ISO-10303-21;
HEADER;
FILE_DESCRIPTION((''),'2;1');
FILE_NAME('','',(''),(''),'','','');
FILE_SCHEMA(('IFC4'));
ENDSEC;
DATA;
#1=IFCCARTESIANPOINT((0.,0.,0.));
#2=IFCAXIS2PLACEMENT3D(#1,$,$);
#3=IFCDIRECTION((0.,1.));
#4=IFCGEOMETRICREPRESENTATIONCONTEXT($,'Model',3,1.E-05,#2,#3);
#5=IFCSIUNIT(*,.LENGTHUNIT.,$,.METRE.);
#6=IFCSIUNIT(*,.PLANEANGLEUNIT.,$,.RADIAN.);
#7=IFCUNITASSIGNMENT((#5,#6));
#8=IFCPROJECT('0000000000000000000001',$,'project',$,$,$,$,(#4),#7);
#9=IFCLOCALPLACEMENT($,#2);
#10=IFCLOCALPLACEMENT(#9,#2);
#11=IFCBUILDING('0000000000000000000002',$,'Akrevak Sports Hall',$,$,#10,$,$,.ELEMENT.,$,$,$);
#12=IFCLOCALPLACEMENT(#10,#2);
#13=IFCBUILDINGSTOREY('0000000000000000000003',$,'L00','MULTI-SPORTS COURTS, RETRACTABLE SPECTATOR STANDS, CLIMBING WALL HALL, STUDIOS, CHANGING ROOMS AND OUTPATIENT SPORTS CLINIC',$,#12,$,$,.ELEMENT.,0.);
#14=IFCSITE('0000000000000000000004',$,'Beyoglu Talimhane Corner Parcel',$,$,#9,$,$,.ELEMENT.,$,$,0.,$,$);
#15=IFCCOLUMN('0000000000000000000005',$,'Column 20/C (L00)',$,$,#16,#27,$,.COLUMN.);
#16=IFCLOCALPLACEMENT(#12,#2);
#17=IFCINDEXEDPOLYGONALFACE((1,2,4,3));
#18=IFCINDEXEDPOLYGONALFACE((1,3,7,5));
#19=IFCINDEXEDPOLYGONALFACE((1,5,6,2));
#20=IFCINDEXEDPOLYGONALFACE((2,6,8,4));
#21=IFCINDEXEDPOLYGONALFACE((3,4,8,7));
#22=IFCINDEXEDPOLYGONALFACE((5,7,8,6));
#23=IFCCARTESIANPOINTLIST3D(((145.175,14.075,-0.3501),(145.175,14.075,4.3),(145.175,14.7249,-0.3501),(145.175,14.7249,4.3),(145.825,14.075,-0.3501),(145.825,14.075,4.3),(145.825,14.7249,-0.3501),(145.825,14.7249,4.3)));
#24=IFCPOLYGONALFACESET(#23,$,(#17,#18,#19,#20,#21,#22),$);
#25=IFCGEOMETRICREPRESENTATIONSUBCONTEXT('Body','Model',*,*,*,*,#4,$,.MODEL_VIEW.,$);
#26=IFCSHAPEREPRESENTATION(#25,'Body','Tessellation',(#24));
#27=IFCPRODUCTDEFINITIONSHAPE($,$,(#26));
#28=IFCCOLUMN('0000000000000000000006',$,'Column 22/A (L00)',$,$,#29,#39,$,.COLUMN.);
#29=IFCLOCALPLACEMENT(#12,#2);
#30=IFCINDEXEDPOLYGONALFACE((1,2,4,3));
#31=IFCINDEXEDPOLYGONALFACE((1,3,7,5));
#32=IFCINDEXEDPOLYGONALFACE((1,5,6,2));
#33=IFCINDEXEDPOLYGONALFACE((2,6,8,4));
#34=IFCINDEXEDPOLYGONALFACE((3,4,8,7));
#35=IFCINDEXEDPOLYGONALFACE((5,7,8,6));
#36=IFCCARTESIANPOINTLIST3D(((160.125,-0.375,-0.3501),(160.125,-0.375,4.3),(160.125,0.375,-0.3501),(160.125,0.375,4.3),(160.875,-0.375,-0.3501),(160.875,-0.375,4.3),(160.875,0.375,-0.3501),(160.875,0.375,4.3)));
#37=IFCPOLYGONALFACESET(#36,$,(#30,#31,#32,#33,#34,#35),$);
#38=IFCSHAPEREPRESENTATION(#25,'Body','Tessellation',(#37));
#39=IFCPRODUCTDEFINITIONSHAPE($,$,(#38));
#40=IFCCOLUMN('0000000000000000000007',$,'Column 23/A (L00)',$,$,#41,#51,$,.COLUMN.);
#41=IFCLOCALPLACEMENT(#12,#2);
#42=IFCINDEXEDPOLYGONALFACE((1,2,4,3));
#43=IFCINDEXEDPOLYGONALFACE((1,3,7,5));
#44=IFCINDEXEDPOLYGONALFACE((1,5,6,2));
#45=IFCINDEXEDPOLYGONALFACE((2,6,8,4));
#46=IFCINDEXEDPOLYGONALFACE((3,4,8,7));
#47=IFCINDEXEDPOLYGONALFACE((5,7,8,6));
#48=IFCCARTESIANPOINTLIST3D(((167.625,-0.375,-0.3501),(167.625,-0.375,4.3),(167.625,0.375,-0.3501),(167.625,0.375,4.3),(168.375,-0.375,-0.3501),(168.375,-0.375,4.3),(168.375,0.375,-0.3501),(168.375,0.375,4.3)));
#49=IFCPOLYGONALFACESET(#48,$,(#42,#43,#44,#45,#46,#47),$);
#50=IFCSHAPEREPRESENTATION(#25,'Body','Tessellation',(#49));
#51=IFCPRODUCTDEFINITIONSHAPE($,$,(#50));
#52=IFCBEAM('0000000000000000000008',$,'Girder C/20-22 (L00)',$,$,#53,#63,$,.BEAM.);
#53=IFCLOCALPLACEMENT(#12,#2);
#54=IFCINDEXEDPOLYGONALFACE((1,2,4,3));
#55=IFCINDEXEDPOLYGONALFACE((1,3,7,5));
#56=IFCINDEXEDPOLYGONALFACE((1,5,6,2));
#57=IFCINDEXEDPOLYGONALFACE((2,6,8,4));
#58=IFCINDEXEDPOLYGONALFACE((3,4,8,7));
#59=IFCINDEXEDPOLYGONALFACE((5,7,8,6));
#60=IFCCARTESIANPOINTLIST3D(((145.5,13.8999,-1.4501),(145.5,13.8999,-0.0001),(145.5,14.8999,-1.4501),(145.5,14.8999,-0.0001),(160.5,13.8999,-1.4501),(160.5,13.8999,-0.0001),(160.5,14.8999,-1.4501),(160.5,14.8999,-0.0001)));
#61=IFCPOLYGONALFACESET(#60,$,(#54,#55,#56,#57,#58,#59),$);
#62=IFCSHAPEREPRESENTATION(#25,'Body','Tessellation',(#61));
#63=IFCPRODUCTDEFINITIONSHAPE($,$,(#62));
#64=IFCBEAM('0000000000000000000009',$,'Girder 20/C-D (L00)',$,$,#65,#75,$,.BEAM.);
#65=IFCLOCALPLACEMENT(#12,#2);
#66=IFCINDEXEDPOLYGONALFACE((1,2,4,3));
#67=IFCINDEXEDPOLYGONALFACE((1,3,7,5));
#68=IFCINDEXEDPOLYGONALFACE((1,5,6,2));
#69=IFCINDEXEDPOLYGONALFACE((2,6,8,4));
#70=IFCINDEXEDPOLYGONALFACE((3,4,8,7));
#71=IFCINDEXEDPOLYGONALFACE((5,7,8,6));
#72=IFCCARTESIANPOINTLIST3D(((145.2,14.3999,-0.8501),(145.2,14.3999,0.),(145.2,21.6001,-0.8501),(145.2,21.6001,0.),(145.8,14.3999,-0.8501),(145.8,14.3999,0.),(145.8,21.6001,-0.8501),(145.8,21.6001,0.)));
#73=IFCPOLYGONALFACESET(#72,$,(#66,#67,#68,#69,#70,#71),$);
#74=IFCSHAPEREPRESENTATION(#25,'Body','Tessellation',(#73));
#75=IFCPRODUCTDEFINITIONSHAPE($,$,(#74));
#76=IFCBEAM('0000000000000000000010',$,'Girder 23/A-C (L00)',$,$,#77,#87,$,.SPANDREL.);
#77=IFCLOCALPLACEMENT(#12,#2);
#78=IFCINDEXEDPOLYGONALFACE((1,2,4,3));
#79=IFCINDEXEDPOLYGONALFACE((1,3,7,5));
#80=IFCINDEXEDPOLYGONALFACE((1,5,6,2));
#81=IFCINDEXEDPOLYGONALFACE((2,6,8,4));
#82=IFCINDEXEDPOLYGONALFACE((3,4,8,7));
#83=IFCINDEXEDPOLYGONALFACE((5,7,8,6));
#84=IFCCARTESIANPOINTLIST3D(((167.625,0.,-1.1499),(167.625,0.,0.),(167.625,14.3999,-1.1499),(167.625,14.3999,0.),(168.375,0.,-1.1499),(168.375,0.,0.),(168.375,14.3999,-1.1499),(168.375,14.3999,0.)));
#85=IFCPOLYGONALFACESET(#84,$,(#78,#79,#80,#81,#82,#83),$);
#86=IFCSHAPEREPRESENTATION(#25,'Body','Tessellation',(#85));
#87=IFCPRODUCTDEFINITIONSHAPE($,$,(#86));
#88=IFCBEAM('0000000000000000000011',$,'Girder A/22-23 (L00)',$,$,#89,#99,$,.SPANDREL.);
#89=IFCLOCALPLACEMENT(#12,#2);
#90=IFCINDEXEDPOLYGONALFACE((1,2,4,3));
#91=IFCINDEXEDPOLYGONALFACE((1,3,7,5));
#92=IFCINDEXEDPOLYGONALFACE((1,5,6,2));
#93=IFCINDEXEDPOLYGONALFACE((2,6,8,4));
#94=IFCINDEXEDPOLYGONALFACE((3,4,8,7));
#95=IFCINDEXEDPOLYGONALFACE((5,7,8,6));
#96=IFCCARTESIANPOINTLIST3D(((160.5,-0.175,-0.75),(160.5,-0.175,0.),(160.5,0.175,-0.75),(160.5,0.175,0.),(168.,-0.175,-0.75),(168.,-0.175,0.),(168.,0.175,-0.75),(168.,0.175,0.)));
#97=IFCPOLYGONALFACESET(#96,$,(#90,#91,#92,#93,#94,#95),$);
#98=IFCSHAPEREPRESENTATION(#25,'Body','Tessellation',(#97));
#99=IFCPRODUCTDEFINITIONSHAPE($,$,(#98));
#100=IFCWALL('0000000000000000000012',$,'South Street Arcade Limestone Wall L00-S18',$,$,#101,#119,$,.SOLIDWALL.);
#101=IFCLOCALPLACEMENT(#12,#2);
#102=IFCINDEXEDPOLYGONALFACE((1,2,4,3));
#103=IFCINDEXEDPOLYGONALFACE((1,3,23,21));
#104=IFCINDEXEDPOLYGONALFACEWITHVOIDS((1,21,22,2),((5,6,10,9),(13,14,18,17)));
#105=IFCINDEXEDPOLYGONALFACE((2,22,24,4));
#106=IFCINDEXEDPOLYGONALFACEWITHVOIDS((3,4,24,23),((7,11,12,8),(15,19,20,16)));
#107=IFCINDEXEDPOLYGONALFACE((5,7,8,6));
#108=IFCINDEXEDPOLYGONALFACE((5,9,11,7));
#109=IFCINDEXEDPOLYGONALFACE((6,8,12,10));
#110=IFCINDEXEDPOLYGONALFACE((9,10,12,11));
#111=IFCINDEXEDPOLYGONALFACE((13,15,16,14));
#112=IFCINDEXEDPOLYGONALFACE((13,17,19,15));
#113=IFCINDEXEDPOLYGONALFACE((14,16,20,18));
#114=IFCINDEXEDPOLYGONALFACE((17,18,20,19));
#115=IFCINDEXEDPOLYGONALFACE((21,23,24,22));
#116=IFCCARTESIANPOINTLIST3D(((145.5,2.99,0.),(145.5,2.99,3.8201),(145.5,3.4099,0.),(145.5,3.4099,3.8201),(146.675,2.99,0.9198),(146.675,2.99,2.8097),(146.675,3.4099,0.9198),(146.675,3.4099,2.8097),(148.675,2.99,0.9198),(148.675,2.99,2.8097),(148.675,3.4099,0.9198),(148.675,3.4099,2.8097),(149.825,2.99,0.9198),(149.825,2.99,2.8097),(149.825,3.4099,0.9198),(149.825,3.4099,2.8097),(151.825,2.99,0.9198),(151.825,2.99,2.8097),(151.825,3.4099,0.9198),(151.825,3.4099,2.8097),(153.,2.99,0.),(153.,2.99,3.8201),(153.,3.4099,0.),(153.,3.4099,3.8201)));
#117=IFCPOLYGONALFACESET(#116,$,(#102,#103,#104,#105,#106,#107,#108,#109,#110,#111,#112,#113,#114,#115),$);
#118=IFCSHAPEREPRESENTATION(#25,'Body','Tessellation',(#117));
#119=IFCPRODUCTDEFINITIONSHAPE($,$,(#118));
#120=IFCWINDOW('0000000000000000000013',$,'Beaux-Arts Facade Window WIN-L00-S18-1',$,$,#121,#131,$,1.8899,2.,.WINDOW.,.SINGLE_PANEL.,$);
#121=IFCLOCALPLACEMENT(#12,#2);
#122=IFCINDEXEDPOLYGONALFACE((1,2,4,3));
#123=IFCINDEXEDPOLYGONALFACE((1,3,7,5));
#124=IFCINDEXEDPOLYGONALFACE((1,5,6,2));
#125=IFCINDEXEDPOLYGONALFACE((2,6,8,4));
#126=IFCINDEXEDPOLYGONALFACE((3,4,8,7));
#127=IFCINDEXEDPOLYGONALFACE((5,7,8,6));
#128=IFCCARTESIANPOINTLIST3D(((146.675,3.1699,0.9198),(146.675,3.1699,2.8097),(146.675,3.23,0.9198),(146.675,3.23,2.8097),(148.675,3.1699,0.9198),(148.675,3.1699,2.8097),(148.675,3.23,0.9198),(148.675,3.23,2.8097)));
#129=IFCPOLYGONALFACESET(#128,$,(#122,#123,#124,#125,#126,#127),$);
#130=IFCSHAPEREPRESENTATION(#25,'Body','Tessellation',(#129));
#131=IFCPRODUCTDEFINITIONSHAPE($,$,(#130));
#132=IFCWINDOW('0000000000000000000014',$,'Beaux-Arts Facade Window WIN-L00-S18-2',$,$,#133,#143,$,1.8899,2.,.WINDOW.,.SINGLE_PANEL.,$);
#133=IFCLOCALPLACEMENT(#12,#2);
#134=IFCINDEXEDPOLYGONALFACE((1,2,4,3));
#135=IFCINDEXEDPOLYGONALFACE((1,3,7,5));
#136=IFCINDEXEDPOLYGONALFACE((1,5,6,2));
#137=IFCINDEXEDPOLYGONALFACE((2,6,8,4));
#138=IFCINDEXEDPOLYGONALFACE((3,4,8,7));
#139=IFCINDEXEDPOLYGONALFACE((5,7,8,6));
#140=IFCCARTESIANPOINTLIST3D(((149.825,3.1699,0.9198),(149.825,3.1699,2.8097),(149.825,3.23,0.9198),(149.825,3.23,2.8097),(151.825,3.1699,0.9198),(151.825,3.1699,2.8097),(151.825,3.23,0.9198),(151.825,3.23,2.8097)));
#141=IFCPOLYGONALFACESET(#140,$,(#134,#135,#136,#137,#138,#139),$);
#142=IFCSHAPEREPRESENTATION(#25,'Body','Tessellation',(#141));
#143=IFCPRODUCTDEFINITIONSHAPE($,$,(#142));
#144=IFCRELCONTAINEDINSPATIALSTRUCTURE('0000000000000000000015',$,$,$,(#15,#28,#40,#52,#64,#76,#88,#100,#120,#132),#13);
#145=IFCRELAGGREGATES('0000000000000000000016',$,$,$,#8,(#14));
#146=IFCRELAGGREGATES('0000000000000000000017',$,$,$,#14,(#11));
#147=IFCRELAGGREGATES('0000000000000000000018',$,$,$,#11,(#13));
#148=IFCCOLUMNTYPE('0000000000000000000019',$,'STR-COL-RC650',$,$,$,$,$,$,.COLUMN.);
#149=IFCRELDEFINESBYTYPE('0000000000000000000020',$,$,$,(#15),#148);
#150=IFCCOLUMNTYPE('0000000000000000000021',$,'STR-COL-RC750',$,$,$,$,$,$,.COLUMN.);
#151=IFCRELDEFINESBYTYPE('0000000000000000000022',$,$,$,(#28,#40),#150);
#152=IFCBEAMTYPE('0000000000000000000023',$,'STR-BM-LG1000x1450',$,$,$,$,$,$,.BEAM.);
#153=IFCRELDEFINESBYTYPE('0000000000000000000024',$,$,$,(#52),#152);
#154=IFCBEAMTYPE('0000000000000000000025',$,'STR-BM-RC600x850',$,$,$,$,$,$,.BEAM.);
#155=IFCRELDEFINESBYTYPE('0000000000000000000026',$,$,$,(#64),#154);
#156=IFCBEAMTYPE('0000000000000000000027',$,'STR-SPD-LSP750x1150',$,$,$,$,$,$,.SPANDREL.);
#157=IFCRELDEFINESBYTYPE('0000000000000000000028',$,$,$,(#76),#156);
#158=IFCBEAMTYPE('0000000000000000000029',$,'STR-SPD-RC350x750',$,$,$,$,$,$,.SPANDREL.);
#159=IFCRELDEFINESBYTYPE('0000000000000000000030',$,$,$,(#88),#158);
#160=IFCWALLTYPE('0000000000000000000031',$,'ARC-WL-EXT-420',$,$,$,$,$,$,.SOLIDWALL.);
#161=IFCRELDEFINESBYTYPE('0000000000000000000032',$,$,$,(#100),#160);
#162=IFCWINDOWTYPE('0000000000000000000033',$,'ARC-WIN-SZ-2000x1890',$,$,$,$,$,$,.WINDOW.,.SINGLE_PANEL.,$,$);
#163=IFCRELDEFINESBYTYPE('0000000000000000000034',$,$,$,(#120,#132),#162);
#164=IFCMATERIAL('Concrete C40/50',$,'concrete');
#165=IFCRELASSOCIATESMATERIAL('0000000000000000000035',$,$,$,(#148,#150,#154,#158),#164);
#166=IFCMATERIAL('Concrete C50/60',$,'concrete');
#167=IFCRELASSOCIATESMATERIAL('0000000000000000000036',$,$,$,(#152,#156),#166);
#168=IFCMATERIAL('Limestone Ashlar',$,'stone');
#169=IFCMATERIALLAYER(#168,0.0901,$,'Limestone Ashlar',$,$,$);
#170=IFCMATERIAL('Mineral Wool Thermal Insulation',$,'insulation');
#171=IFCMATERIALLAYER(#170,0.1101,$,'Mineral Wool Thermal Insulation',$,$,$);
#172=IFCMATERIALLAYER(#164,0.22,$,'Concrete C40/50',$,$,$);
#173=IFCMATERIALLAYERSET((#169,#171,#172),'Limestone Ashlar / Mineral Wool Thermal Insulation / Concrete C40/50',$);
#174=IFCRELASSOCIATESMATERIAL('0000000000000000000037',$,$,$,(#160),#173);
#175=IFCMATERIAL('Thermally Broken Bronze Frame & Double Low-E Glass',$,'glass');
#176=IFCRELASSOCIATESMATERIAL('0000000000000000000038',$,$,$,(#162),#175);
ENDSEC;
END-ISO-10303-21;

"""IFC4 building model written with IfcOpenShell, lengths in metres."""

from ifc_helpers import new_model, si_unit, direction, frame, frame_2d, origin, origin_2d, place, context, subcontext, project, spatial, rectangle, extrude, material, layer, layer_set, material_profile, profile_set, type_object, element, fill, save


model = new_model("IFC4")

# Units and contexts
model_context = context("Model", 3, precision=1e-05, world=origin(), true_north=direction((0.0, 1.0)))
body_context = subcontext(model_context, "Body", "Model", "MODEL_VIEW")
ifc_project = project(units=[si_unit("LENGTHUNIT", "METRE"), si_unit("PLANEANGLEUNIT", "RADIAN")], contexts=[model_context])

# Site, building, storey
site_placement = place(None, origin())
site = spatial("IfcSite", under=ifc_project, at=site_placement, Name="Beyoglu Talimhane Corner Parcel", CompositionType="ELEMENT", RefElevation=0.0)
building_placement = place(site_placement, origin())
building = spatial("IfcBuilding", under=site, at=building_placement, Name="Akrevak Sports Hall", CompositionType="ELEMENT")
storey_placement = place(building_placement, origin())
storey = spatial("IfcBuildingStorey", under=building, at=storey_placement, Name="L00", Description="MULTI-SPORTS COURTS, RETRACTABLE SPECTATOR STANDS, CLIMBING WALL HALL, STUDIOS, CHANGING ROOMS AND OUTPATIENT SPORTS CLINIC", CompositionType="ELEMENT", Elevation=0.0)

# Columns
ifc_material_1 = material(Name="Concrete C40/50", Category="concrete")
ifc_material_profile_1 = material_profile(ifc_material_1, rectangle(XDim=0.6499, YDim=0.6499, at=origin_2d()), Name="RC 650x650", Category="concrete")
ifc_profile_set_1 = profile_set([ifc_material_profile_1], Name="Concrete C40/50")
column_type_1 = type_object("IfcColumnType", Name="STR-COL-RC650", PredefinedType="COLUMN", material=ifc_profile_set_1)
column_placement = place(storey_placement, frame((145.5, 14.3999, -0.3501), z_axis=(0.0, 0.0, 1.0), x_axis=(1.0, 0.0, 0.0)))
element("IfcColumn", 1, at=column_placement, inside=storey, type_object=column_type_1, Name="Column 20/C (L00)", PredefinedType="COLUMN", context=body_context, shape_type="SweptSolid", body=[
    extrude(rectangle(XDim=0.6499, YDim=0.6499, at=origin_2d()), origin(), (0.0, 0.0, 1.0), 4.6501),
])
ifc_material_profile_2 = material_profile(ifc_material_1, rectangle(XDim=0.75, YDim=0.75, at=origin_2d()), Name="RC 750x750", Category="concrete")
ifc_profile_set_2 = profile_set([ifc_material_profile_2], Name="Concrete C40/50")
column_type_2 = type_object("IfcColumnType", Name="STR-COL-RC750", PredefinedType="COLUMN", material=ifc_profile_set_2)
for number, where, z_axis, x_axis, name in (
    (2, (160.5, 0.0, -0.3501), (0.0, 0.0, 1.0), (1.0, 0.0, 0.0), "Column 22/A (L00)"),
    (3, (168.0, 0.0, -0.3501), (0.0, 0.0, 1.0), (1.0, 0.0, 0.0), "Column 23/A (L00)"),
):
    element("IfcColumn", number, at=place(storey_placement, frame(where, z_axis=z_axis, x_axis=x_axis)), inside=storey, type_object=column_type_2, Name=name, PredefinedType="COLUMN", context=body_context, shape_type="SweptSolid", body=[
        extrude(rectangle(XDim=0.75, YDim=0.75, at=origin_2d()), origin(), (0.0, 0.0, 1.0), 4.6501),
    ])

# Beams
ifc_material_2 = material(Name="Concrete C50/60", Category="concrete")
ifc_material_profile_3 = material_profile(ifc_material_2, rectangle(XDim=1.0, YDim=1.45, at=origin_2d()), Name="BM 1000x1450", Category="concrete")
ifc_profile_set_3 = profile_set([ifc_material_profile_3], Name="Concrete C50/60")
beam_type_1 = type_object("IfcBeamType", Name="STR-BM-LG1000x1450", PredefinedType="BEAM", material=ifc_profile_set_3)
beam_1_placement = place(storey_placement, frame((145.5, 14.3999, -0.7251), z_axis=(1.0, 0.0, 0.0), x_axis=(0.0, 1.0, 0.0)))
element("IfcBeam", 4, at=beam_1_placement, inside=storey, type_object=beam_type_1, Name="Girder C/20-22 (L00)", PredefinedType="BEAM", context=body_context, shape_type="SweptSolid", body=[
    extrude(rectangle(XDim=1.0, YDim=1.45, at=origin_2d()), origin(), (0.0, 0.0, 1.0), 15.0),
])
ifc_material_profile_4 = material_profile(ifc_material_1, rectangle(XDim=0.6001, YDim=0.8501, at=origin_2d()), Name="BM 600x850", Category="concrete")
ifc_profile_set_4 = profile_set([ifc_material_profile_4], Name="Concrete C40/50")
beam_type_2 = type_object("IfcBeamType", Name="STR-BM-RC600x850", PredefinedType="BEAM", material=ifc_profile_set_4)
beam_2_placement = place(storey_placement, frame((145.5, 14.3999, -0.425), z_axis=(0.0, 1.0, 0.0), x_axis=(-1.0, 0.0, 0.0)))
element("IfcBeam", 5, at=beam_2_placement, inside=storey, type_object=beam_type_2, Name="Girder 20/C-D (L00)", PredefinedType="BEAM", context=body_context, shape_type="SweptSolid", body=[
    extrude(rectangle(XDim=0.6001, YDim=0.8501, at=origin_2d()), origin(), (0.0, 0.0, 1.0), 7.2002),
])
ifc_material_profile_5 = material_profile(ifc_material_2, rectangle(XDim=0.75, YDim=1.1499, at=origin_2d()), Name="SPD 750x1150", Category="concrete")
ifc_profile_set_5 = profile_set([ifc_material_profile_5], Name="Concrete C50/60")
beam_type_3 = type_object("IfcBeamType", Name="STR-SPD-LSP750x1150", PredefinedType="SPANDREL", material=ifc_profile_set_5)
beam_3_placement = place(storey_placement, frame((168.0, 0.0, -0.575), z_axis=(0.0, 1.0, 0.0), x_axis=(-1.0, 0.0, 0.0)))
element("IfcBeam", 6, at=beam_3_placement, inside=storey, type_object=beam_type_3, Name="Girder 23/A-C (L00)", PredefinedType="SPANDREL", context=body_context, shape_type="SweptSolid", body=[
    extrude(rectangle(XDim=0.75, YDim=1.1499, at=origin_2d()), origin(), (0.0, 0.0, 1.0), 14.3999),
])
ifc_material_profile_6 = material_profile(ifc_material_1, rectangle(XDim=0.3501, YDim=0.75, at=origin_2d()), Name="SPD 350x750", Category="concrete")
ifc_profile_set_6 = profile_set([ifc_material_profile_6], Name="Concrete C40/50")
beam_type_4 = type_object("IfcBeamType", Name="STR-SPD-RC350x750", PredefinedType="SPANDREL", material=ifc_profile_set_6)
beam_4_placement = place(storey_placement, frame((160.5, 0.0, -0.375), z_axis=(1.0, 0.0, 0.0), x_axis=(0.0, 1.0, 0.0)))
element("IfcBeam", 7, at=beam_4_placement, inside=storey, type_object=beam_type_4, Name="Girder A/22-23 (L00)", PredefinedType="SPANDREL", context=body_context, shape_type="SweptSolid", body=[
    extrude(rectangle(XDim=0.3501, YDim=0.75, at=origin_2d()), origin(), (0.0, 0.0, 1.0), 7.5),
])

# Wall, openings, windows
ifc_material_3 = material(Name="Limestone Ashlar", Category="stone")
ifc_layer_1 = layer(ifc_material_3, 0.0901, Name="Limestone Ashlar")
ifc_material_4 = material(Name="Mineral Wool Thermal Insulation", Category="insulation")
ifc_layer_2 = layer(ifc_material_4, 0.1101, Name="Mineral Wool Thermal Insulation")
ifc_layer_3 = layer(ifc_material_1, 0.22, Name="Concrete C40/50")
ifc_layer_set_1 = layer_set([ifc_layer_1, ifc_layer_2, ifc_layer_3], Name="Limestone Ashlar / Mineral Wool Thermal Insulation / Concrete C40/50")
wall_type_1 = type_object("IfcWallType", Name="ARC-WL-EXT-420", PredefinedType="SOLIDWALL", material=ifc_layer_set_1)
wall_1_placement = place(storey_placement, frame((145.5, 3.2, 0.0), z_axis=(0.0, 0.0, 1.0), x_axis=(1.0, 0.0, 0.0)))
wall_1 = element("IfcWall", 8, at=wall_1_placement, inside=storey, type_object=wall_type_1, Name="South Street Arcade Limestone Wall L00-S18", PredefinedType="SOLIDWALL", context=body_context, shape_type="SweptSolid", body=[
    extrude(rectangle(XDim=7.5, YDim=0.4199, at=frame_2d((3.75, 0.0))), origin(), (0.0, 0.0, 1.0), 3.8201),
])
opening_1_placement = place(wall_1_placement, frame((1.175, 0.0, 0.9199)))
opening_1 = element("IfcOpeningElement", 9, at=opening_1_placement, cuts=wall_1, PredefinedType="OPENING", context=body_context, shape_type="SweptSolid", body=[
    extrude(rectangle(XDim=2.0, YDim=1.8899, at=frame_2d((1.0, 0.9448))), frame((0.0, 0.2219, 0.0), z_axis=(0.0, -1.0, 0.0), x_axis=(1.0, 0.0, 0.0)), (0.0, 0.0, 1.0), 0.4438),
])
opening_2_placement = place(wall_1_placement, frame((4.325, 0.0, 0.9199)))
opening_2 = element("IfcOpeningElement", 10, at=opening_2_placement, cuts=wall_1, PredefinedType="OPENING", context=body_context, shape_type="SweptSolid", body=[
    extrude(rectangle(XDim=2.0, YDim=1.8899, at=frame_2d((1.0, 0.9448))), frame((0.0, 0.2219, 0.0), z_axis=(0.0, -1.0, 0.0), x_axis=(1.0, 0.0, 0.0)), (0.0, 0.0, 1.0), 0.4438),
])
ifc_material_5 = material(Name="Thermally Broken Bronze Frame & Double Low-E Glass", Category="glass")
window_type_1 = type_object("IfcWindowType", Name="ARC-WIN-SZ-2000x1890", PartitioningType="SINGLE_PANEL", PredefinedType="WINDOW", material=ifc_material_5)
window_1_placement = place(opening_1_placement, origin())
window_1 = element("IfcWindow", 11, at=window_1_placement, inside=storey, type_object=window_type_1, Name="Beaux-Arts Facade Window WIN-L00-S18-1", OverallHeight=1.8899, OverallWidth=2.0, PartitioningType="SINGLE_PANEL", PredefinedType="WINDOW", context=body_context, shape_type="SweptSolid", body=[
    extrude(rectangle(XDim=2.0, YDim=1.8899, at=frame_2d((1.0, 0.9448))), frame((0.0, 0.03, 0.0), z_axis=(0.0, -1.0, 0.0), x_axis=(1.0, 0.0, 0.0)), (0.0, 0.0, 1.0), 0.0601),
])
fill(opening_1, window_1)
window_2_placement = place(opening_2_placement, origin())
window_2 = element("IfcWindow", 12, at=window_2_placement, inside=storey, type_object=window_type_1, Name="Beaux-Arts Facade Window WIN-L00-S18-2", OverallHeight=1.8899, OverallWidth=2.0, PartitioningType="SINGLE_PANEL", PredefinedType="WINDOW", context=body_context, shape_type="SweptSolid", body=[
    extrude(rectangle(XDim=2.0, YDim=1.8899, at=frame_2d((1.0, 0.9448))), frame((0.0, 0.03, 0.0), z_axis=(0.0, -1.0, 0.0), x_axis=(1.0, 0.0, 0.0)), (0.0, 0.0, 1.0), 0.0601),
])
fill(opening_2, window_2)

save(model, "model.ifc")
